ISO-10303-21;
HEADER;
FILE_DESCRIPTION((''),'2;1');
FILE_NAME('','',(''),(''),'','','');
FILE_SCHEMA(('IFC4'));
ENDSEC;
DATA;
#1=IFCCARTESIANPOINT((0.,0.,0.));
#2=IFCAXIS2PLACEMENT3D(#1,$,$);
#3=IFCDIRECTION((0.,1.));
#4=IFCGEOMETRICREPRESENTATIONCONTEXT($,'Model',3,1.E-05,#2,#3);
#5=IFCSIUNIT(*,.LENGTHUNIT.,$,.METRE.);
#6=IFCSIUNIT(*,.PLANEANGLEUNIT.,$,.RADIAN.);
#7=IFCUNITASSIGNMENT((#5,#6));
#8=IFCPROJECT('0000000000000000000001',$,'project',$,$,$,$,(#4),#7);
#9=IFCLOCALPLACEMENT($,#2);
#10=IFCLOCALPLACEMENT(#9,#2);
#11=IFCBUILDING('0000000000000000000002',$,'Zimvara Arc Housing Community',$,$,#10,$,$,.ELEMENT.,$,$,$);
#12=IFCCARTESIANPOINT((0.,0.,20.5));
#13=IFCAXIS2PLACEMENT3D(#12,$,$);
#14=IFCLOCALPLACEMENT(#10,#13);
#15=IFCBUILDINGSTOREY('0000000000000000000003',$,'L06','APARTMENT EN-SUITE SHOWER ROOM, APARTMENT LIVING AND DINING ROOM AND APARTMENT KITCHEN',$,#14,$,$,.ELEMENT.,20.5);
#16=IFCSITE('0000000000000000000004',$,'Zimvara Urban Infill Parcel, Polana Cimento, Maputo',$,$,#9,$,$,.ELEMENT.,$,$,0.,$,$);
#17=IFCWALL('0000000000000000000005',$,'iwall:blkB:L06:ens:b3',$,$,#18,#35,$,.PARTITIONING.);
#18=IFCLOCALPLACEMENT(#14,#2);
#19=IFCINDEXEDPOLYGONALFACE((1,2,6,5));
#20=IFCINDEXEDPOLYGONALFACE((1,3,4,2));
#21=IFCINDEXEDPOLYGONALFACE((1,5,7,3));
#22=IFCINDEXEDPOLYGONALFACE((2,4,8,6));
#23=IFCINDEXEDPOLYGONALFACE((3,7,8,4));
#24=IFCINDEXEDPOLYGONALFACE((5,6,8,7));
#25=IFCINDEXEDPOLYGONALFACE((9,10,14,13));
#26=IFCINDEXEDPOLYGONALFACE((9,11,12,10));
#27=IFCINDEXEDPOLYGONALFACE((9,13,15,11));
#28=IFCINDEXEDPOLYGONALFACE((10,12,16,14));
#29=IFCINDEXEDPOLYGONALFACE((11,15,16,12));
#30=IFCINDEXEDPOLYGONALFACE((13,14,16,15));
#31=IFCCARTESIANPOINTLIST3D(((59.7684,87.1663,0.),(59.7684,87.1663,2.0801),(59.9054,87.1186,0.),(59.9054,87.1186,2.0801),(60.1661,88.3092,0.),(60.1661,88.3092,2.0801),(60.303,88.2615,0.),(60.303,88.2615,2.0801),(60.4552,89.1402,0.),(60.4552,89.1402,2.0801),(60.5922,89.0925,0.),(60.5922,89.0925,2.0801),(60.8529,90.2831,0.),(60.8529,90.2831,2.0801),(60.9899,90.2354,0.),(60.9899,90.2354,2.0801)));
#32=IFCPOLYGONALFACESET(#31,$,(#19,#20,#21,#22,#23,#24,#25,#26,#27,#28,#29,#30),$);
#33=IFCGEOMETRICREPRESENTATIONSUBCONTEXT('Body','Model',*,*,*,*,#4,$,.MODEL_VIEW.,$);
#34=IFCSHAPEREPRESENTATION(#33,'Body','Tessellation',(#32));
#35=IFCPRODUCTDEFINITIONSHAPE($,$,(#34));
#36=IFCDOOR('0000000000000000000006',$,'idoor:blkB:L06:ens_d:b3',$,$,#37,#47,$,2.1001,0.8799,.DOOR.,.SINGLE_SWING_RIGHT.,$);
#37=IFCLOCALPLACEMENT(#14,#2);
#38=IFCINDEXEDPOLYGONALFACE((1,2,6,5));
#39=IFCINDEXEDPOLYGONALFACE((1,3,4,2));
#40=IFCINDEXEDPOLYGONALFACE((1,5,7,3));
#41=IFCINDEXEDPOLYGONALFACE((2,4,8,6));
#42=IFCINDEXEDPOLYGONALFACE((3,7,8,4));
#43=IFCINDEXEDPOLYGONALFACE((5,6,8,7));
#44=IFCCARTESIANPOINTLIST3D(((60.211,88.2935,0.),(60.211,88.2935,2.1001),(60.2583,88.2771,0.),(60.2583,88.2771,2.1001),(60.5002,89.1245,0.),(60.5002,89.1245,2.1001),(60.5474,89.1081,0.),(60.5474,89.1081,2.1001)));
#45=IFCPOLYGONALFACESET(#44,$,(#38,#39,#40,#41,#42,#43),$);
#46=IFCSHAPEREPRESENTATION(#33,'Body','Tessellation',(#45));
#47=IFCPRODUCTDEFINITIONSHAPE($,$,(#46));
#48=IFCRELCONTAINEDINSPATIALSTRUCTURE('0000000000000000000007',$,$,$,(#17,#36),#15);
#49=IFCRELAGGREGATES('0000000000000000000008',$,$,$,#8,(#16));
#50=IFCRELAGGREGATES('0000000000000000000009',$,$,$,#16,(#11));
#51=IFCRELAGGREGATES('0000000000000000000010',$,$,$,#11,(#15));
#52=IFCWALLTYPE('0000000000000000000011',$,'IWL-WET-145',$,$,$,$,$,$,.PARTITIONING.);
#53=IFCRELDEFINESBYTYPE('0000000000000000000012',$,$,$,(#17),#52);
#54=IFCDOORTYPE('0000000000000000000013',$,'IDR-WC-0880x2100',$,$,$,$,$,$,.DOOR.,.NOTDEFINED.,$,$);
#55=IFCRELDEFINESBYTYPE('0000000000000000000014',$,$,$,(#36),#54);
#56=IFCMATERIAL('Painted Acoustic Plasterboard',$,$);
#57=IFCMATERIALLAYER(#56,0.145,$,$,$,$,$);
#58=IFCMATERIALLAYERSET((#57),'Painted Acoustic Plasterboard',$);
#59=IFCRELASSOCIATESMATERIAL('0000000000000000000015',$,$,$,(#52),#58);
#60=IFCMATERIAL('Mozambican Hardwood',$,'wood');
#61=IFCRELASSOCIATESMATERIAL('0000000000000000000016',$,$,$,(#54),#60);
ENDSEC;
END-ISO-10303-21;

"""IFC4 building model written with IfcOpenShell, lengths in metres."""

from ifc_helpers import new_model, si_unit, direction, frame, frame_2d, origin, place, context, subcontext, project, spatial, rectangle, extrude, material, layer, layer_set, type_object, element, fill, save


model = new_model("IFC4")

# Units and contexts
model_context = context("Model", 3, precision=1e-05, world=origin(), true_north=direction((0.0, 1.0)))
body_context = subcontext(model_context, "Body", "Model", "MODEL_VIEW")
ifc_project = project(units=[si_unit("LENGTHUNIT", "METRE"), si_unit("PLANEANGLEUNIT", "RADIAN")], contexts=[model_context])

# Site, building, storey
site_placement = place(None, origin())
site = spatial("IfcSite", under=ifc_project, at=site_placement, Name="Zimvara Urban Infill Parcel, Polana Cimento, Maputo", CompositionType="ELEMENT", RefElevation=0.0)
building_placement = place(site_placement, origin())
building = spatial("IfcBuilding", under=site, at=building_placement, Name="Zimvara Arc Housing Community", CompositionType="ELEMENT")
storey_placement = place(building_placement, frame((0.0, 0.0, 20.5)))
storey = spatial("IfcBuildingStorey", under=building, at=storey_placement, Name="L06", Description="APARTMENT EN-SUITE SHOWER ROOM, APARTMENT LIVING AND DINING ROOM AND APARTMENT KITCHEN", CompositionType="ELEMENT", Elevation=20.5)

# Wall, opening, door
ifc_material_1 = material(Name="Painted Acoustic Plasterboard")
ifc_layer_1 = layer(ifc_material_1, 0.145)
ifc_layer_set_1 = layer_set([ifc_layer_1], Name="Painted Acoustic Plasterboard")
wall_type = type_object("IfcWallType", Name="IWL-WET-145", PredefinedType="PARTITIONING", material=ifc_layer_set_1)
wall_placement = place(storey_placement, frame((59.8369, 87.1426, 0.0), z_axis=(0.0, 0.0, 1.0), x_axis=(0.32863, 0.944459, 0.0)))
wall = element("IfcWall", 1, at=wall_placement, inside=storey, type_object=wall_type, Name="iwall:blkB:L06:ens:b3", PredefinedType="PARTITIONING", context=body_context, shape_type="SweptSolid", body=[
    extrude(rectangle(XDim=3.3, YDim=0.145, at=frame_2d((1.6499, 0.0))), origin(), (0.0, 0.0, 1.0), 2.0801),
])
opening_placement = place(wall_placement, frame((1.21, 0.0, 0.0)))
opening = element("IfcOpeningElement", 2, at=opening_placement, cuts=wall, PredefinedType="OPENING", context=body_context, shape_type="SweptSolid", body=[
    extrude(rectangle(XDim=0.8799, YDim=2.1001, at=frame_2d((0.4399, 1.05))), frame((0.0, 0.0825, 0.0), z_axis=(0.0, -1.0, 0.0), x_axis=(1.0, 0.0, 0.0)), (0.0, 0.0, 1.0), 0.165),
])
ifc_material_2 = material(Name="Mozambican Hardwood", Category="wood")
door_type = type_object("IfcDoorType", Name="IDR-WC-0880x2100", OperationType="NOTDEFINED", PredefinedType="DOOR", material=ifc_material_2)
door_placement = place(opening_placement, origin())
door = element("IfcDoor", 3, at=door_placement, inside=storey, type_object=door_type, Name="idoor:blkB:L06:ens_d:b3", OperationType="SINGLE_SWING_RIGHT", OverallHeight=2.1001, OverallWidth=0.8799, PredefinedType="DOOR", context=body_context, shape_type="SweptSolid", body=[
    extrude(rectangle(XDim=0.8799, YDim=2.1001, at=frame_2d((0.4399, 1.05))), frame((0.0, 0.0249, 0.0), z_axis=(0.0, -1.0, 0.0), x_axis=(1.0, 0.0, 0.0)), (0.0, 0.0, 1.0), 0.05),
])
fill(opening, door)

save(model, "model.ifc")
